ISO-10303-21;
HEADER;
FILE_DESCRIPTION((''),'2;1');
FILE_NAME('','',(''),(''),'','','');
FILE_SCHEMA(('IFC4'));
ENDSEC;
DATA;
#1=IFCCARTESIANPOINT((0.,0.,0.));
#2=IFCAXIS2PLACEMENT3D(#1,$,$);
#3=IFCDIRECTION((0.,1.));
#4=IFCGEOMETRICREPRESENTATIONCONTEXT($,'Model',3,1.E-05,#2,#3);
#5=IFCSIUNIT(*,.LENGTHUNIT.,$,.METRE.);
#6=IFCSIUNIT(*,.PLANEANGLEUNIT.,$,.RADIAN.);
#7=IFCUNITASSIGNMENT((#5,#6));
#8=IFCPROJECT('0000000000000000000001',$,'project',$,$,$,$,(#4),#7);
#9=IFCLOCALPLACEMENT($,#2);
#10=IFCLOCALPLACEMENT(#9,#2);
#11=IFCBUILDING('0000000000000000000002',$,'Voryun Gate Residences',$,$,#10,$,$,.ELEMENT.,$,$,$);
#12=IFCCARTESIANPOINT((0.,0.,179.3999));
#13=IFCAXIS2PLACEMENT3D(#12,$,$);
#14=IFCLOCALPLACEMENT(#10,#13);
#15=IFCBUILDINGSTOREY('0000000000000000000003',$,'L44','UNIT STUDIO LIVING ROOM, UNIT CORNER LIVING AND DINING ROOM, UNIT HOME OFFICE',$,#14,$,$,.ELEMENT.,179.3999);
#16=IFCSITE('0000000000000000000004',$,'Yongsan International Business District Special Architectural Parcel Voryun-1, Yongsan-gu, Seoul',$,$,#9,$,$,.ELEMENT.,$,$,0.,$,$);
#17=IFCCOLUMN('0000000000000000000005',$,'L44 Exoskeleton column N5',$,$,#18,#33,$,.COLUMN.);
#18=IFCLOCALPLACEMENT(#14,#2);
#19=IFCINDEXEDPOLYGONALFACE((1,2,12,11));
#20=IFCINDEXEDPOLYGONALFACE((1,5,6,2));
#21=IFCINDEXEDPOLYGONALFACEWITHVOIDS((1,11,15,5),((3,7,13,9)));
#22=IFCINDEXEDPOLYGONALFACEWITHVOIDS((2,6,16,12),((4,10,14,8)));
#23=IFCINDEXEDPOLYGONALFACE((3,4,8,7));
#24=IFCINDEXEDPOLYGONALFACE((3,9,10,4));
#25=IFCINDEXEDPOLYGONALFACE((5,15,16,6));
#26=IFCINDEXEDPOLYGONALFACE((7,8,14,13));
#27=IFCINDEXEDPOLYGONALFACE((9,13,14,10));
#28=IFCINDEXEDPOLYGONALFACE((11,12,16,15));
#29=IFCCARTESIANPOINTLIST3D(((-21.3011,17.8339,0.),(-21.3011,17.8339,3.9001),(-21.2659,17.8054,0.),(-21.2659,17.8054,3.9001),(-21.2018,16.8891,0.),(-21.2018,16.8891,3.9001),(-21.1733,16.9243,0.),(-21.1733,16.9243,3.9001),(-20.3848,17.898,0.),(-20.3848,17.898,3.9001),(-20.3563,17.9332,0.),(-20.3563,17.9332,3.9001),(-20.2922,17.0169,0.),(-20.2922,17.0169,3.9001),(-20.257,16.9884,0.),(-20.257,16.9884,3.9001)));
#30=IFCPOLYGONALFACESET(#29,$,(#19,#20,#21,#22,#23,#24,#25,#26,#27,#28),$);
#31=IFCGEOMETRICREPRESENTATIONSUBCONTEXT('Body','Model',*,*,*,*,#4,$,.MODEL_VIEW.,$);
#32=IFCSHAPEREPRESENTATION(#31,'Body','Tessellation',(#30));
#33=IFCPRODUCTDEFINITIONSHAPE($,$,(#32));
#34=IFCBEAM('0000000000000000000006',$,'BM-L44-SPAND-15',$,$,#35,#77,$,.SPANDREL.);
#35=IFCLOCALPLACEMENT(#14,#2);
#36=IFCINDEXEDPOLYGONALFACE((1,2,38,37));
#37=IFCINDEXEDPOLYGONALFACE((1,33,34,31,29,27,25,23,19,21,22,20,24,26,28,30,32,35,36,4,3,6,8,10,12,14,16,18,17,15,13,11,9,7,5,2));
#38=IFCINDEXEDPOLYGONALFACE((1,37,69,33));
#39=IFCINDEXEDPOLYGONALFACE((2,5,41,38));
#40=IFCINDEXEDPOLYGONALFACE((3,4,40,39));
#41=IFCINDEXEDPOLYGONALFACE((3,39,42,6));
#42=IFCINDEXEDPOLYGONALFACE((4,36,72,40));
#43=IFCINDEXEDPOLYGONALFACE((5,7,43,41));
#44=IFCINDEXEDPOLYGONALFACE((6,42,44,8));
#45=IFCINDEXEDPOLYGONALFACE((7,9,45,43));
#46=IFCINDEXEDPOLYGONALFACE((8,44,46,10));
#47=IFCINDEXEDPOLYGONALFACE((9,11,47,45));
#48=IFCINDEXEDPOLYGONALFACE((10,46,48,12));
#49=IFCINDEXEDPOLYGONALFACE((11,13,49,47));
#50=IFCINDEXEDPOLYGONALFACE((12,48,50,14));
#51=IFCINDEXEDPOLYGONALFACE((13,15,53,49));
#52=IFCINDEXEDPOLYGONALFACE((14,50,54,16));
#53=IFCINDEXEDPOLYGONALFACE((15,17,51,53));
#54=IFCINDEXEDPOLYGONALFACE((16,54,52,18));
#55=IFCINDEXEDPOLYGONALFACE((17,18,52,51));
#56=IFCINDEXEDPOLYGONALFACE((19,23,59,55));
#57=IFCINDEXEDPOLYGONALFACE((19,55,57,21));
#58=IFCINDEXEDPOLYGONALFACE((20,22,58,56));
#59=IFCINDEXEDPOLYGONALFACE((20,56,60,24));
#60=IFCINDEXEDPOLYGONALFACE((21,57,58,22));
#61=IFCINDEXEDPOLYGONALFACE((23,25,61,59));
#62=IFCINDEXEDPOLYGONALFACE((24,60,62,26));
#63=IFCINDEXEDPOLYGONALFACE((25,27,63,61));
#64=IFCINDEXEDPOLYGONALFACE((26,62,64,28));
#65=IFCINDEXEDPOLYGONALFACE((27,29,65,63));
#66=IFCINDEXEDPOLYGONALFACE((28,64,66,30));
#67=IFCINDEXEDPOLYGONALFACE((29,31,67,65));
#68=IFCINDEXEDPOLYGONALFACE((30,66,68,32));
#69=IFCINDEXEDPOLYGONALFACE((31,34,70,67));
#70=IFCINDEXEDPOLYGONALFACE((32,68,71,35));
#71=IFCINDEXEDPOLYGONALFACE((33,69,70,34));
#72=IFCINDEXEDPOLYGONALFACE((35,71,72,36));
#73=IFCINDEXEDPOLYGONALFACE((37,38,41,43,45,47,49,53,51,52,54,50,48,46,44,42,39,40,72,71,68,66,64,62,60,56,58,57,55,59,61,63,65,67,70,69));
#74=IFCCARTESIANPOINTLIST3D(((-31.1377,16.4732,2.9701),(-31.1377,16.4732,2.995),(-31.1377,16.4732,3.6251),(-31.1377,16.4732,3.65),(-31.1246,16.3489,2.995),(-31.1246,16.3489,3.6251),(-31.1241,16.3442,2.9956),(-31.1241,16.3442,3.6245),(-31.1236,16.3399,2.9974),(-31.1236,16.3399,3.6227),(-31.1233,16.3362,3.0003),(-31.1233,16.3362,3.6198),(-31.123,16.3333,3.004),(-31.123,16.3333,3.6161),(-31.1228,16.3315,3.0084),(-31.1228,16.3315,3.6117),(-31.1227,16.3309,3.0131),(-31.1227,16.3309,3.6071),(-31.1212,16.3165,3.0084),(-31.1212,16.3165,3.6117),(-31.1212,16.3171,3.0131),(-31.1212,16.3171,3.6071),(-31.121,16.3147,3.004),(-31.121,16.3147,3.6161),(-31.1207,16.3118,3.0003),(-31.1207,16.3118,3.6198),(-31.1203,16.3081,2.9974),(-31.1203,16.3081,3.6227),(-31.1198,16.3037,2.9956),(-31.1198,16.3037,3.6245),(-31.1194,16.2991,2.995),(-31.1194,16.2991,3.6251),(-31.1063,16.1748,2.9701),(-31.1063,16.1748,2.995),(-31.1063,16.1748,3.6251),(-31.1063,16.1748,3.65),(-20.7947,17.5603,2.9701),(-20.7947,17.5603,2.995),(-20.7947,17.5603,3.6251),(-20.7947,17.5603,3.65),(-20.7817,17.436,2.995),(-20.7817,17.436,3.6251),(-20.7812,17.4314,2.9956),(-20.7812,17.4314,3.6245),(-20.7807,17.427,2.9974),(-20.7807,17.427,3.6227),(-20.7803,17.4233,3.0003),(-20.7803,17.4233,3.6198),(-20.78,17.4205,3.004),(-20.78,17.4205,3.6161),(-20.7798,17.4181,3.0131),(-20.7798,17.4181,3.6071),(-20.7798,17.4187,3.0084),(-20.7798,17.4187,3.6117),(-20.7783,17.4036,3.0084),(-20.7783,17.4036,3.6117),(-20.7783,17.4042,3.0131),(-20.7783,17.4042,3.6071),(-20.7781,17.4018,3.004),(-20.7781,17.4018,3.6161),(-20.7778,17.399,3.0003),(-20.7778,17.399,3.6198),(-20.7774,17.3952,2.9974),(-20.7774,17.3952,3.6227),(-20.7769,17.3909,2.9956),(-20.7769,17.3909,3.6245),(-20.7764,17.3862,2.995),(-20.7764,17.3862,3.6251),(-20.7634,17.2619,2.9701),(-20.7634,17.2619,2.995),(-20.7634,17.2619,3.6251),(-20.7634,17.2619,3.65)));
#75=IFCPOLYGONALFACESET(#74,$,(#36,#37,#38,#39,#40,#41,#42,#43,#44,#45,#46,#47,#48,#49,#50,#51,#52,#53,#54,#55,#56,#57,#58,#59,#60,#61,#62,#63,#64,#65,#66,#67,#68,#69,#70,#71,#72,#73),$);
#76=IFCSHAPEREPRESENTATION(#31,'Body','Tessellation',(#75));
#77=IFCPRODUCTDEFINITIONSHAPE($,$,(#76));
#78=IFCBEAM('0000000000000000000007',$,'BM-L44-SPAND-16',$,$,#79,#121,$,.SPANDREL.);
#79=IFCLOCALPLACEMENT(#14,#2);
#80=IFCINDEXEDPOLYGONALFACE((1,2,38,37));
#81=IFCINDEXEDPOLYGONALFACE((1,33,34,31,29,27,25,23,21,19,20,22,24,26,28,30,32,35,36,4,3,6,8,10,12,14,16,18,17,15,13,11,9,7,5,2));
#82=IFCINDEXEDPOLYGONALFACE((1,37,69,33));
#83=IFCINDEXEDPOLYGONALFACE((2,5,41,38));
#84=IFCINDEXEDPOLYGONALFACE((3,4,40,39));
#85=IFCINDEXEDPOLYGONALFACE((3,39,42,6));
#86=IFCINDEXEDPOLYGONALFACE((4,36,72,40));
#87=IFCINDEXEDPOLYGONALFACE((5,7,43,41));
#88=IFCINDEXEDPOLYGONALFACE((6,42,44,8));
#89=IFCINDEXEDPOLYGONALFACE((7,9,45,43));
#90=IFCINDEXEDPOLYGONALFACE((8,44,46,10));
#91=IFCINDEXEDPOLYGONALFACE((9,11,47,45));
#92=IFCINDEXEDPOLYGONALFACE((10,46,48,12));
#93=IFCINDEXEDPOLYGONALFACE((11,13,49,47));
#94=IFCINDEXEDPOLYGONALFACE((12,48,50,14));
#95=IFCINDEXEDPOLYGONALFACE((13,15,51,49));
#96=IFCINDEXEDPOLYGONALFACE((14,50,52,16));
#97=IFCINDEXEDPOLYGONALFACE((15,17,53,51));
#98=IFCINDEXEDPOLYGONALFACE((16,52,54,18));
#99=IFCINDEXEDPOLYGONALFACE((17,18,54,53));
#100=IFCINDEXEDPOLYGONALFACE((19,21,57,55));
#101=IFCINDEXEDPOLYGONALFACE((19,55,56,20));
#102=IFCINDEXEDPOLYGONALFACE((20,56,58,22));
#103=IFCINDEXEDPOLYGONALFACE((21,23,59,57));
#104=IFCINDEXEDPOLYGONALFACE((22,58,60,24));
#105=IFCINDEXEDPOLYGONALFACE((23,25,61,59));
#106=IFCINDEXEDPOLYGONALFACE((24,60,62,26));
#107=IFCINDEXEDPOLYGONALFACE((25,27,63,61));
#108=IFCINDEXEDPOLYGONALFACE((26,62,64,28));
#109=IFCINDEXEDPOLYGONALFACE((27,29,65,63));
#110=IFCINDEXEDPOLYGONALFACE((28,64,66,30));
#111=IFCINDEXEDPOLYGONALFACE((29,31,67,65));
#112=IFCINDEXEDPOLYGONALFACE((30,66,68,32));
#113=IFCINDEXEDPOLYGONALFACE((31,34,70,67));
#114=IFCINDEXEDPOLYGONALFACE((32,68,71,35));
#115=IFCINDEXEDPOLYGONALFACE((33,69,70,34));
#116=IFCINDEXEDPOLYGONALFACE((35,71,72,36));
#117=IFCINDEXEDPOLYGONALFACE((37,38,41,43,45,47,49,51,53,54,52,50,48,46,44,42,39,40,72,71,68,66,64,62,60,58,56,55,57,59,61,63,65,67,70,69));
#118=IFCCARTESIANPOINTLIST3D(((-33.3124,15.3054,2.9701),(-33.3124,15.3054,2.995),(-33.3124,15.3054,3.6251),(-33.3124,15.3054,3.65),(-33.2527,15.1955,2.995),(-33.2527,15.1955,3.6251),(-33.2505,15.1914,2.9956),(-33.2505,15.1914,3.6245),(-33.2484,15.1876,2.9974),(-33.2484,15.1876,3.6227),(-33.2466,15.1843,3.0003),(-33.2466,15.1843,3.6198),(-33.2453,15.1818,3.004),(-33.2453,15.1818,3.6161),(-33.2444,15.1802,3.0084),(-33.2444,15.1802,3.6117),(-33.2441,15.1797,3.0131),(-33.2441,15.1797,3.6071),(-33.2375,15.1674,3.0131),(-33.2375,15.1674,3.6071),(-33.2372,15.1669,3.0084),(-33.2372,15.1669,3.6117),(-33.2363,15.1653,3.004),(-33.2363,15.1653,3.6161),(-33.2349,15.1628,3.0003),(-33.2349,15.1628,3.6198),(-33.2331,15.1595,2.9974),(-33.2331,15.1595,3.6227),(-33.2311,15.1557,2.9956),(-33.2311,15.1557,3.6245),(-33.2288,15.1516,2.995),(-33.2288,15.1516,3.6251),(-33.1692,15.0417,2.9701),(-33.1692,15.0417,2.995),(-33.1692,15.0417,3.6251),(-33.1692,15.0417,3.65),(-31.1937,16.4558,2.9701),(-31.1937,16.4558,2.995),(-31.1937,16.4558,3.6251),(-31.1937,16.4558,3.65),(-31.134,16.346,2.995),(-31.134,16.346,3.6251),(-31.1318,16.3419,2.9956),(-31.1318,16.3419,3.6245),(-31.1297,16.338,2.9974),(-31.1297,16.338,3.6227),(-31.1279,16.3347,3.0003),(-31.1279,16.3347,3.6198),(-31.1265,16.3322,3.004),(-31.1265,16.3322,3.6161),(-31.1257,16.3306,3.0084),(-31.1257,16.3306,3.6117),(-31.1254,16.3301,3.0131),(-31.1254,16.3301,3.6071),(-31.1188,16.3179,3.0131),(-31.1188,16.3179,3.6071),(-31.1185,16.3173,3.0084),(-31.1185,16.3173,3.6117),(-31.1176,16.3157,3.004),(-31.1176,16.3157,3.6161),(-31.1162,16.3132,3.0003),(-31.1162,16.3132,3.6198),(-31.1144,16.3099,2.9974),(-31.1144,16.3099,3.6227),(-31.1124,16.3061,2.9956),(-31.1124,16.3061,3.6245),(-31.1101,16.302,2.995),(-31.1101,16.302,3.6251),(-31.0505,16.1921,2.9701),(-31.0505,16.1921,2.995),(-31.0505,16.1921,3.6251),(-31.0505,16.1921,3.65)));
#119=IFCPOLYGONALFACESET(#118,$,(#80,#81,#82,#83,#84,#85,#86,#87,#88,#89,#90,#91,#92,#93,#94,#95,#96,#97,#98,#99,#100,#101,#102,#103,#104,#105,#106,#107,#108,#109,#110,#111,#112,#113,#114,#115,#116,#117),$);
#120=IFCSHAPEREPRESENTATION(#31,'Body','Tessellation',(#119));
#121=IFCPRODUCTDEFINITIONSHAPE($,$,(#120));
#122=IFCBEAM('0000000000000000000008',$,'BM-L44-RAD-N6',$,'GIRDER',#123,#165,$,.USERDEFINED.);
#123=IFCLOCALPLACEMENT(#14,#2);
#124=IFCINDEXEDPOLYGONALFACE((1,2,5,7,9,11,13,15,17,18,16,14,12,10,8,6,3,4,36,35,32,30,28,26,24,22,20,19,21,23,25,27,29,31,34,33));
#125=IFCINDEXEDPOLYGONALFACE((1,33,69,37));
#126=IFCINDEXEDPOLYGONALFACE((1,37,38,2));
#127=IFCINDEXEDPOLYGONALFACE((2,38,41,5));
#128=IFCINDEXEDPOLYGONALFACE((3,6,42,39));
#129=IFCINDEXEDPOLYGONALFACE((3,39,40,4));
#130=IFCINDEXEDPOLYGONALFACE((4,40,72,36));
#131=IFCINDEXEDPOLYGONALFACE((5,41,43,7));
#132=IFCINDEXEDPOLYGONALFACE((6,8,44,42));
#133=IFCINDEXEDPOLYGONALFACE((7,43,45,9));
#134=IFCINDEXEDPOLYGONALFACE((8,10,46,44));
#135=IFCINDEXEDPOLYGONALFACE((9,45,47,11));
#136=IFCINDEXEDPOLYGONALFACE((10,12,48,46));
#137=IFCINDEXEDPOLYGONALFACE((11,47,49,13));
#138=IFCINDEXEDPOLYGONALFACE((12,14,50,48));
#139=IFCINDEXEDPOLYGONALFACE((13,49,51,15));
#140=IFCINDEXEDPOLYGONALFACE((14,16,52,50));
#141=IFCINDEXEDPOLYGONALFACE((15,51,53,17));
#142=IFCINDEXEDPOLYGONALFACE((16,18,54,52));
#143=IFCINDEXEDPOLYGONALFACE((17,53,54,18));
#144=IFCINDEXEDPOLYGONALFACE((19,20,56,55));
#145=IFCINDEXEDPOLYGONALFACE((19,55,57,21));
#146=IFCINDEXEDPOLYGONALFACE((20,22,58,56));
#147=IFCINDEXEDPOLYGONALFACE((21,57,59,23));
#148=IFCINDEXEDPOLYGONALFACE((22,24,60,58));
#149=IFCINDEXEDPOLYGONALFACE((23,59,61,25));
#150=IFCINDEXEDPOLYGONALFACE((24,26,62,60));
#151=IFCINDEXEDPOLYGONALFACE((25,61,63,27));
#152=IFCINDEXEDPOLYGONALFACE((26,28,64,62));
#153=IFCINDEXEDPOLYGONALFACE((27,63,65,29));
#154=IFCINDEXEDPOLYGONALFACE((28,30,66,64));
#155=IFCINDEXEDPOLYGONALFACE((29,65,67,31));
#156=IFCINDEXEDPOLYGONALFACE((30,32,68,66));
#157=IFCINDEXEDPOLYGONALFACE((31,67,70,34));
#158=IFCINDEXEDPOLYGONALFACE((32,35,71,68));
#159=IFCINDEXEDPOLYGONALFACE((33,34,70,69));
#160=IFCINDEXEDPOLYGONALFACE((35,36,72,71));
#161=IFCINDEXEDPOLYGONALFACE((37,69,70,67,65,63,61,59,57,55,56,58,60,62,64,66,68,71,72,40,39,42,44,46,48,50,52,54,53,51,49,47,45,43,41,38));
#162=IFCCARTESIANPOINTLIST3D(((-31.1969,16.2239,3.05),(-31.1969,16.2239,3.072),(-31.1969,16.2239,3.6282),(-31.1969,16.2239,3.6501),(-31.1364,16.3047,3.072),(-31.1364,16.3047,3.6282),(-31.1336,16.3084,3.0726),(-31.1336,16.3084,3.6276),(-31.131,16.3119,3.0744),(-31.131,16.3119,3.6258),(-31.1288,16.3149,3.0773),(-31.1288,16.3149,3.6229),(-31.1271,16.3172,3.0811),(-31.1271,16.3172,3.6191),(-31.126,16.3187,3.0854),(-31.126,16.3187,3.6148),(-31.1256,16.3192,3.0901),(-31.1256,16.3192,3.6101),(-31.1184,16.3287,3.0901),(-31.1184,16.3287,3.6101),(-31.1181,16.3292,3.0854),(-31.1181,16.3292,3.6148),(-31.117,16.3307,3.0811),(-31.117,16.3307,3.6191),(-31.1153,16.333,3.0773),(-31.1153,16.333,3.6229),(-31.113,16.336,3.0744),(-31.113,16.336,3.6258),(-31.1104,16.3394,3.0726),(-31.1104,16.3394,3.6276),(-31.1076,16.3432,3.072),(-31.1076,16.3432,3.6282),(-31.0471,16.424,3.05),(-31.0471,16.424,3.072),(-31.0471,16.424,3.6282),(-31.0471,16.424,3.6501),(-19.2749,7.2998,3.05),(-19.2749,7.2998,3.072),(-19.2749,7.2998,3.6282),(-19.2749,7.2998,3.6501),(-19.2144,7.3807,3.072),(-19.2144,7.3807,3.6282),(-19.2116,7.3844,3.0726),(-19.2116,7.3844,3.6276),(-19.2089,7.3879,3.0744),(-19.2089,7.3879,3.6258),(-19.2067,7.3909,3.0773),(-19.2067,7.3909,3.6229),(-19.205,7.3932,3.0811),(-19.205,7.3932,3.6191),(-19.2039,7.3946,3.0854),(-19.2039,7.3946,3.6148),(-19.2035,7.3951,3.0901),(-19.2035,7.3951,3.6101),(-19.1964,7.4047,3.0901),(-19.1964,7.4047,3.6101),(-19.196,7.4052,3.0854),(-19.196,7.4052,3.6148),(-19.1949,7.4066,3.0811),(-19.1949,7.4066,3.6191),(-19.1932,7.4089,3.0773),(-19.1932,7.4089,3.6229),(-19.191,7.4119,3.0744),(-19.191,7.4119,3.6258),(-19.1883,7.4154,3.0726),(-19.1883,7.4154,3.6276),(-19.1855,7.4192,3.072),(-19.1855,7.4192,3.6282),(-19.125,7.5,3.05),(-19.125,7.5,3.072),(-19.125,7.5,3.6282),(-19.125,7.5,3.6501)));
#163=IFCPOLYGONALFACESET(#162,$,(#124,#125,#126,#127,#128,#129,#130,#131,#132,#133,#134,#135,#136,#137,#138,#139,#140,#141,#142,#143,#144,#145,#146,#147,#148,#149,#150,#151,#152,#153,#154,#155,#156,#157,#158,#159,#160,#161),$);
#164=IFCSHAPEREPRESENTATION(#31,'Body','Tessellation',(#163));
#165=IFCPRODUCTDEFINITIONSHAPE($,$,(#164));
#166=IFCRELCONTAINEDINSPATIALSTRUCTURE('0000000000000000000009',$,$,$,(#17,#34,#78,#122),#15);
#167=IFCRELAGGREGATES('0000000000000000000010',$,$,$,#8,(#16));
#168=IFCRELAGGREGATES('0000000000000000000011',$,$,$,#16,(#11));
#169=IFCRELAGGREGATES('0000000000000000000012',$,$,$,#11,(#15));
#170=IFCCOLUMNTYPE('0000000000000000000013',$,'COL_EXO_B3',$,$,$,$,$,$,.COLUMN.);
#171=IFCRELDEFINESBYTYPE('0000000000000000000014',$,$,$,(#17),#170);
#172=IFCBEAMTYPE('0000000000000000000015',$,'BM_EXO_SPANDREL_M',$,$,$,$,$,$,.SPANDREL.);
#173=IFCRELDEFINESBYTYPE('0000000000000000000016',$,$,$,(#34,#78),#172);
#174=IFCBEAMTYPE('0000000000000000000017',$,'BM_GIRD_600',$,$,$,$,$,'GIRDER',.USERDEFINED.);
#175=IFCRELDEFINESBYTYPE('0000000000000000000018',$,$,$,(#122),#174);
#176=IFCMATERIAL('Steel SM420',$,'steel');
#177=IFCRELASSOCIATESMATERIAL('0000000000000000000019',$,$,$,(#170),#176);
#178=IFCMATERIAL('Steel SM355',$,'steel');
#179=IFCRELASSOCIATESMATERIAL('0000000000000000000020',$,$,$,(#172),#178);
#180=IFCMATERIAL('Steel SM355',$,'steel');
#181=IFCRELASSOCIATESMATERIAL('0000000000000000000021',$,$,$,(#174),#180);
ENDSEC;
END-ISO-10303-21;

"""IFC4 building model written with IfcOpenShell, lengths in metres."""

from ifc_helpers import new_model, si_unit, direction, frame, origin, origin_2d, place, context, subcontext, project, spatial, hollow_rectangle, i_section, extrude, material, material_profile, profile_set, type_object, element, save


model = new_model("IFC4")

# Units and contexts
model_context = context("Model", 3, precision=1e-05, world=origin(), true_north=direction((0.0, 1.0)))
body_context = subcontext(model_context, "Body", "Model", "MODEL_VIEW")
ifc_project = project(units=[si_unit("LENGTHUNIT", "METRE"), si_unit("PLANEANGLEUNIT", "RADIAN")], contexts=[model_context])

# Site, building, storey
site_placement = place(None, origin())
site = spatial("IfcSite", under=ifc_project, at=site_placement, Name="Yongsan International Business District Special Architectural Parcel Voryun-1, Yongsan-gu, Seoul", CompositionType="ELEMENT", RefElevation=0.0)
building_placement = place(site_placement, origin())
building = spatial("IfcBuilding", under=site, at=building_placement, Name="Voryun Gate Residences", CompositionType="ELEMENT")
storey_placement = place(building_placement, frame((0.0, 0.0, 179.3999)))
storey = spatial("IfcBuildingStorey", under=building, at=storey_placement, Name="L44", Description="UNIT STUDIO LIVING ROOM, UNIT CORNER LIVING AND DINING ROOM, UNIT HOME OFFICE", CompositionType="ELEMENT", Elevation=179.3999)

# Column
ifc_material_1 = material(Name="Steel SM420", Category="steel")
ifc_material_profile_1 = material_profile(ifc_material_1, hollow_rectangle(XDim=0.95, YDim=0.95, WallThickness=0.032, at=origin_2d()), Name="BOX-950x950x32")
ifc_profile_set_1 = profile_set([ifc_material_profile_1], Name="Steel SM420")
column_type = type_object("IfcColumnType", Name="COL_EXO_B3", PredefinedType="COLUMN", material=ifc_profile_set_1)
column_placement = place(storey_placement, frame((-20.7791, 17.4111, 0.0), z_axis=(0.0, 0.0, 1.0), x_axis=(0.994522, 0.104528, 0.0)))
element("IfcColumn", 1, at=column_placement, inside=storey, type_object=column_type, Name="L44 Exoskeleton column N5", PredefinedType="COLUMN", context=body_context, shape_type="SweptSolid", body=[
    extrude(hollow_rectangle(XDim=0.95, YDim=0.95, WallThickness=0.032, at=origin_2d()), origin(), (0.0, 0.0, 1.0), 3.9001),
])

# Beams
ifc_material_2 = material(Name="Steel SM355", Category="steel")
ifc_material_profile_2 = material_profile(ifc_material_2, i_section(OverallWidth=0.3, OverallDepth=0.6799, WebThickness=0.0139, FlangeThickness=0.0249, FilletRadius=0.0181, at=origin_2d()), Name="H-680x300x14x25")
ifc_profile_set_2 = profile_set([ifc_material_profile_2], Name="Steel SM355")
beam_type_1 = type_object("IfcBeamType", Name="BM_EXO_SPANDREL_M", PredefinedType="SPANDREL", material=ifc_profile_set_2)
beam_1_placement = place(storey_placement, frame((-20.7791, 17.4111, 3.3101), z_axis=(-0.994521, -0.104534, 0.0), x_axis=(0.104534, -0.994521, 0.0)))
element("IfcBeam", 2, at=beam_1_placement, inside=storey, type_object=beam_type_1, Name="BM-L44-SPAND-15", PredefinedType="SPANDREL", context=body_context, shape_type="SweptSolid", body=[
    extrude(i_section(OverallWidth=0.3, OverallDepth=0.6799, WebThickness=0.0139, FlangeThickness=0.0249, FilletRadius=0.0181, at=origin_2d()), origin(), (0.0, 0.0, 1.0), 10.3999),
])
beam_2_placement = place(storey_placement, frame((-31.1221, 16.324, 3.3101), z_axis=(-0.878807, -0.477177, 0.0), x_axis=(0.477177, -0.878807, 0.0)))
element("IfcBeam", 3, at=beam_2_placement, inside=storey, type_object=beam_type_1, Name="BM-L44-SPAND-16", PredefinedType="SPANDREL", context=body_context, shape_type="SweptSolid", body=[
    extrude(i_section(OverallWidth=0.3, OverallDepth=0.6799, WebThickness=0.0139, FlangeThickness=0.0249, FilletRadius=0.0181, at=origin_2d()), origin(), (0.0, 0.0, 1.0), 2.4109),
])
ifc_material_3 = material(Name="Steel SM355", Category="steel")
ifc_material_profile_3 = material_profile(ifc_material_3, i_section(OverallWidth=0.25, OverallDepth=0.6001, WebThickness=0.012, FlangeThickness=0.022, FilletRadius=0.0181, at=origin_2d()), Name="H-600x250x12x22")
ifc_profile_set_3 = profile_set([ifc_material_profile_3], Name="Steel SM355")
beam_type_2 = type_object("IfcBeamType", Name="BM_GIRD_600", ElementType="GIRDER", PredefinedType="USERDEFINED", material=ifc_profile_set_3)
beam_3_placement = place(storey_placement, frame((-19.2, 7.3999, 3.3501), z_axis=(-0.800564, 0.599247, 0.0), x_axis=(-0.599247, -0.800564, 0.0)))
element("IfcBeam", 4, at=beam_3_placement, inside=storey, type_object=beam_type_2, Name="BM-L44-RAD-N6", ObjectType="GIRDER", PredefinedType="USERDEFINED", context=body_context, shape_type="SweptSolid", body=[
    extrude(i_section(OverallWidth=0.25, OverallDepth=0.6001, WebThickness=0.012, FlangeThickness=0.022, FilletRadius=0.0181, at=origin_2d()), origin(), (0.0, 0.0, 1.0), 14.8921),
])

save(model, "model.ifc")
